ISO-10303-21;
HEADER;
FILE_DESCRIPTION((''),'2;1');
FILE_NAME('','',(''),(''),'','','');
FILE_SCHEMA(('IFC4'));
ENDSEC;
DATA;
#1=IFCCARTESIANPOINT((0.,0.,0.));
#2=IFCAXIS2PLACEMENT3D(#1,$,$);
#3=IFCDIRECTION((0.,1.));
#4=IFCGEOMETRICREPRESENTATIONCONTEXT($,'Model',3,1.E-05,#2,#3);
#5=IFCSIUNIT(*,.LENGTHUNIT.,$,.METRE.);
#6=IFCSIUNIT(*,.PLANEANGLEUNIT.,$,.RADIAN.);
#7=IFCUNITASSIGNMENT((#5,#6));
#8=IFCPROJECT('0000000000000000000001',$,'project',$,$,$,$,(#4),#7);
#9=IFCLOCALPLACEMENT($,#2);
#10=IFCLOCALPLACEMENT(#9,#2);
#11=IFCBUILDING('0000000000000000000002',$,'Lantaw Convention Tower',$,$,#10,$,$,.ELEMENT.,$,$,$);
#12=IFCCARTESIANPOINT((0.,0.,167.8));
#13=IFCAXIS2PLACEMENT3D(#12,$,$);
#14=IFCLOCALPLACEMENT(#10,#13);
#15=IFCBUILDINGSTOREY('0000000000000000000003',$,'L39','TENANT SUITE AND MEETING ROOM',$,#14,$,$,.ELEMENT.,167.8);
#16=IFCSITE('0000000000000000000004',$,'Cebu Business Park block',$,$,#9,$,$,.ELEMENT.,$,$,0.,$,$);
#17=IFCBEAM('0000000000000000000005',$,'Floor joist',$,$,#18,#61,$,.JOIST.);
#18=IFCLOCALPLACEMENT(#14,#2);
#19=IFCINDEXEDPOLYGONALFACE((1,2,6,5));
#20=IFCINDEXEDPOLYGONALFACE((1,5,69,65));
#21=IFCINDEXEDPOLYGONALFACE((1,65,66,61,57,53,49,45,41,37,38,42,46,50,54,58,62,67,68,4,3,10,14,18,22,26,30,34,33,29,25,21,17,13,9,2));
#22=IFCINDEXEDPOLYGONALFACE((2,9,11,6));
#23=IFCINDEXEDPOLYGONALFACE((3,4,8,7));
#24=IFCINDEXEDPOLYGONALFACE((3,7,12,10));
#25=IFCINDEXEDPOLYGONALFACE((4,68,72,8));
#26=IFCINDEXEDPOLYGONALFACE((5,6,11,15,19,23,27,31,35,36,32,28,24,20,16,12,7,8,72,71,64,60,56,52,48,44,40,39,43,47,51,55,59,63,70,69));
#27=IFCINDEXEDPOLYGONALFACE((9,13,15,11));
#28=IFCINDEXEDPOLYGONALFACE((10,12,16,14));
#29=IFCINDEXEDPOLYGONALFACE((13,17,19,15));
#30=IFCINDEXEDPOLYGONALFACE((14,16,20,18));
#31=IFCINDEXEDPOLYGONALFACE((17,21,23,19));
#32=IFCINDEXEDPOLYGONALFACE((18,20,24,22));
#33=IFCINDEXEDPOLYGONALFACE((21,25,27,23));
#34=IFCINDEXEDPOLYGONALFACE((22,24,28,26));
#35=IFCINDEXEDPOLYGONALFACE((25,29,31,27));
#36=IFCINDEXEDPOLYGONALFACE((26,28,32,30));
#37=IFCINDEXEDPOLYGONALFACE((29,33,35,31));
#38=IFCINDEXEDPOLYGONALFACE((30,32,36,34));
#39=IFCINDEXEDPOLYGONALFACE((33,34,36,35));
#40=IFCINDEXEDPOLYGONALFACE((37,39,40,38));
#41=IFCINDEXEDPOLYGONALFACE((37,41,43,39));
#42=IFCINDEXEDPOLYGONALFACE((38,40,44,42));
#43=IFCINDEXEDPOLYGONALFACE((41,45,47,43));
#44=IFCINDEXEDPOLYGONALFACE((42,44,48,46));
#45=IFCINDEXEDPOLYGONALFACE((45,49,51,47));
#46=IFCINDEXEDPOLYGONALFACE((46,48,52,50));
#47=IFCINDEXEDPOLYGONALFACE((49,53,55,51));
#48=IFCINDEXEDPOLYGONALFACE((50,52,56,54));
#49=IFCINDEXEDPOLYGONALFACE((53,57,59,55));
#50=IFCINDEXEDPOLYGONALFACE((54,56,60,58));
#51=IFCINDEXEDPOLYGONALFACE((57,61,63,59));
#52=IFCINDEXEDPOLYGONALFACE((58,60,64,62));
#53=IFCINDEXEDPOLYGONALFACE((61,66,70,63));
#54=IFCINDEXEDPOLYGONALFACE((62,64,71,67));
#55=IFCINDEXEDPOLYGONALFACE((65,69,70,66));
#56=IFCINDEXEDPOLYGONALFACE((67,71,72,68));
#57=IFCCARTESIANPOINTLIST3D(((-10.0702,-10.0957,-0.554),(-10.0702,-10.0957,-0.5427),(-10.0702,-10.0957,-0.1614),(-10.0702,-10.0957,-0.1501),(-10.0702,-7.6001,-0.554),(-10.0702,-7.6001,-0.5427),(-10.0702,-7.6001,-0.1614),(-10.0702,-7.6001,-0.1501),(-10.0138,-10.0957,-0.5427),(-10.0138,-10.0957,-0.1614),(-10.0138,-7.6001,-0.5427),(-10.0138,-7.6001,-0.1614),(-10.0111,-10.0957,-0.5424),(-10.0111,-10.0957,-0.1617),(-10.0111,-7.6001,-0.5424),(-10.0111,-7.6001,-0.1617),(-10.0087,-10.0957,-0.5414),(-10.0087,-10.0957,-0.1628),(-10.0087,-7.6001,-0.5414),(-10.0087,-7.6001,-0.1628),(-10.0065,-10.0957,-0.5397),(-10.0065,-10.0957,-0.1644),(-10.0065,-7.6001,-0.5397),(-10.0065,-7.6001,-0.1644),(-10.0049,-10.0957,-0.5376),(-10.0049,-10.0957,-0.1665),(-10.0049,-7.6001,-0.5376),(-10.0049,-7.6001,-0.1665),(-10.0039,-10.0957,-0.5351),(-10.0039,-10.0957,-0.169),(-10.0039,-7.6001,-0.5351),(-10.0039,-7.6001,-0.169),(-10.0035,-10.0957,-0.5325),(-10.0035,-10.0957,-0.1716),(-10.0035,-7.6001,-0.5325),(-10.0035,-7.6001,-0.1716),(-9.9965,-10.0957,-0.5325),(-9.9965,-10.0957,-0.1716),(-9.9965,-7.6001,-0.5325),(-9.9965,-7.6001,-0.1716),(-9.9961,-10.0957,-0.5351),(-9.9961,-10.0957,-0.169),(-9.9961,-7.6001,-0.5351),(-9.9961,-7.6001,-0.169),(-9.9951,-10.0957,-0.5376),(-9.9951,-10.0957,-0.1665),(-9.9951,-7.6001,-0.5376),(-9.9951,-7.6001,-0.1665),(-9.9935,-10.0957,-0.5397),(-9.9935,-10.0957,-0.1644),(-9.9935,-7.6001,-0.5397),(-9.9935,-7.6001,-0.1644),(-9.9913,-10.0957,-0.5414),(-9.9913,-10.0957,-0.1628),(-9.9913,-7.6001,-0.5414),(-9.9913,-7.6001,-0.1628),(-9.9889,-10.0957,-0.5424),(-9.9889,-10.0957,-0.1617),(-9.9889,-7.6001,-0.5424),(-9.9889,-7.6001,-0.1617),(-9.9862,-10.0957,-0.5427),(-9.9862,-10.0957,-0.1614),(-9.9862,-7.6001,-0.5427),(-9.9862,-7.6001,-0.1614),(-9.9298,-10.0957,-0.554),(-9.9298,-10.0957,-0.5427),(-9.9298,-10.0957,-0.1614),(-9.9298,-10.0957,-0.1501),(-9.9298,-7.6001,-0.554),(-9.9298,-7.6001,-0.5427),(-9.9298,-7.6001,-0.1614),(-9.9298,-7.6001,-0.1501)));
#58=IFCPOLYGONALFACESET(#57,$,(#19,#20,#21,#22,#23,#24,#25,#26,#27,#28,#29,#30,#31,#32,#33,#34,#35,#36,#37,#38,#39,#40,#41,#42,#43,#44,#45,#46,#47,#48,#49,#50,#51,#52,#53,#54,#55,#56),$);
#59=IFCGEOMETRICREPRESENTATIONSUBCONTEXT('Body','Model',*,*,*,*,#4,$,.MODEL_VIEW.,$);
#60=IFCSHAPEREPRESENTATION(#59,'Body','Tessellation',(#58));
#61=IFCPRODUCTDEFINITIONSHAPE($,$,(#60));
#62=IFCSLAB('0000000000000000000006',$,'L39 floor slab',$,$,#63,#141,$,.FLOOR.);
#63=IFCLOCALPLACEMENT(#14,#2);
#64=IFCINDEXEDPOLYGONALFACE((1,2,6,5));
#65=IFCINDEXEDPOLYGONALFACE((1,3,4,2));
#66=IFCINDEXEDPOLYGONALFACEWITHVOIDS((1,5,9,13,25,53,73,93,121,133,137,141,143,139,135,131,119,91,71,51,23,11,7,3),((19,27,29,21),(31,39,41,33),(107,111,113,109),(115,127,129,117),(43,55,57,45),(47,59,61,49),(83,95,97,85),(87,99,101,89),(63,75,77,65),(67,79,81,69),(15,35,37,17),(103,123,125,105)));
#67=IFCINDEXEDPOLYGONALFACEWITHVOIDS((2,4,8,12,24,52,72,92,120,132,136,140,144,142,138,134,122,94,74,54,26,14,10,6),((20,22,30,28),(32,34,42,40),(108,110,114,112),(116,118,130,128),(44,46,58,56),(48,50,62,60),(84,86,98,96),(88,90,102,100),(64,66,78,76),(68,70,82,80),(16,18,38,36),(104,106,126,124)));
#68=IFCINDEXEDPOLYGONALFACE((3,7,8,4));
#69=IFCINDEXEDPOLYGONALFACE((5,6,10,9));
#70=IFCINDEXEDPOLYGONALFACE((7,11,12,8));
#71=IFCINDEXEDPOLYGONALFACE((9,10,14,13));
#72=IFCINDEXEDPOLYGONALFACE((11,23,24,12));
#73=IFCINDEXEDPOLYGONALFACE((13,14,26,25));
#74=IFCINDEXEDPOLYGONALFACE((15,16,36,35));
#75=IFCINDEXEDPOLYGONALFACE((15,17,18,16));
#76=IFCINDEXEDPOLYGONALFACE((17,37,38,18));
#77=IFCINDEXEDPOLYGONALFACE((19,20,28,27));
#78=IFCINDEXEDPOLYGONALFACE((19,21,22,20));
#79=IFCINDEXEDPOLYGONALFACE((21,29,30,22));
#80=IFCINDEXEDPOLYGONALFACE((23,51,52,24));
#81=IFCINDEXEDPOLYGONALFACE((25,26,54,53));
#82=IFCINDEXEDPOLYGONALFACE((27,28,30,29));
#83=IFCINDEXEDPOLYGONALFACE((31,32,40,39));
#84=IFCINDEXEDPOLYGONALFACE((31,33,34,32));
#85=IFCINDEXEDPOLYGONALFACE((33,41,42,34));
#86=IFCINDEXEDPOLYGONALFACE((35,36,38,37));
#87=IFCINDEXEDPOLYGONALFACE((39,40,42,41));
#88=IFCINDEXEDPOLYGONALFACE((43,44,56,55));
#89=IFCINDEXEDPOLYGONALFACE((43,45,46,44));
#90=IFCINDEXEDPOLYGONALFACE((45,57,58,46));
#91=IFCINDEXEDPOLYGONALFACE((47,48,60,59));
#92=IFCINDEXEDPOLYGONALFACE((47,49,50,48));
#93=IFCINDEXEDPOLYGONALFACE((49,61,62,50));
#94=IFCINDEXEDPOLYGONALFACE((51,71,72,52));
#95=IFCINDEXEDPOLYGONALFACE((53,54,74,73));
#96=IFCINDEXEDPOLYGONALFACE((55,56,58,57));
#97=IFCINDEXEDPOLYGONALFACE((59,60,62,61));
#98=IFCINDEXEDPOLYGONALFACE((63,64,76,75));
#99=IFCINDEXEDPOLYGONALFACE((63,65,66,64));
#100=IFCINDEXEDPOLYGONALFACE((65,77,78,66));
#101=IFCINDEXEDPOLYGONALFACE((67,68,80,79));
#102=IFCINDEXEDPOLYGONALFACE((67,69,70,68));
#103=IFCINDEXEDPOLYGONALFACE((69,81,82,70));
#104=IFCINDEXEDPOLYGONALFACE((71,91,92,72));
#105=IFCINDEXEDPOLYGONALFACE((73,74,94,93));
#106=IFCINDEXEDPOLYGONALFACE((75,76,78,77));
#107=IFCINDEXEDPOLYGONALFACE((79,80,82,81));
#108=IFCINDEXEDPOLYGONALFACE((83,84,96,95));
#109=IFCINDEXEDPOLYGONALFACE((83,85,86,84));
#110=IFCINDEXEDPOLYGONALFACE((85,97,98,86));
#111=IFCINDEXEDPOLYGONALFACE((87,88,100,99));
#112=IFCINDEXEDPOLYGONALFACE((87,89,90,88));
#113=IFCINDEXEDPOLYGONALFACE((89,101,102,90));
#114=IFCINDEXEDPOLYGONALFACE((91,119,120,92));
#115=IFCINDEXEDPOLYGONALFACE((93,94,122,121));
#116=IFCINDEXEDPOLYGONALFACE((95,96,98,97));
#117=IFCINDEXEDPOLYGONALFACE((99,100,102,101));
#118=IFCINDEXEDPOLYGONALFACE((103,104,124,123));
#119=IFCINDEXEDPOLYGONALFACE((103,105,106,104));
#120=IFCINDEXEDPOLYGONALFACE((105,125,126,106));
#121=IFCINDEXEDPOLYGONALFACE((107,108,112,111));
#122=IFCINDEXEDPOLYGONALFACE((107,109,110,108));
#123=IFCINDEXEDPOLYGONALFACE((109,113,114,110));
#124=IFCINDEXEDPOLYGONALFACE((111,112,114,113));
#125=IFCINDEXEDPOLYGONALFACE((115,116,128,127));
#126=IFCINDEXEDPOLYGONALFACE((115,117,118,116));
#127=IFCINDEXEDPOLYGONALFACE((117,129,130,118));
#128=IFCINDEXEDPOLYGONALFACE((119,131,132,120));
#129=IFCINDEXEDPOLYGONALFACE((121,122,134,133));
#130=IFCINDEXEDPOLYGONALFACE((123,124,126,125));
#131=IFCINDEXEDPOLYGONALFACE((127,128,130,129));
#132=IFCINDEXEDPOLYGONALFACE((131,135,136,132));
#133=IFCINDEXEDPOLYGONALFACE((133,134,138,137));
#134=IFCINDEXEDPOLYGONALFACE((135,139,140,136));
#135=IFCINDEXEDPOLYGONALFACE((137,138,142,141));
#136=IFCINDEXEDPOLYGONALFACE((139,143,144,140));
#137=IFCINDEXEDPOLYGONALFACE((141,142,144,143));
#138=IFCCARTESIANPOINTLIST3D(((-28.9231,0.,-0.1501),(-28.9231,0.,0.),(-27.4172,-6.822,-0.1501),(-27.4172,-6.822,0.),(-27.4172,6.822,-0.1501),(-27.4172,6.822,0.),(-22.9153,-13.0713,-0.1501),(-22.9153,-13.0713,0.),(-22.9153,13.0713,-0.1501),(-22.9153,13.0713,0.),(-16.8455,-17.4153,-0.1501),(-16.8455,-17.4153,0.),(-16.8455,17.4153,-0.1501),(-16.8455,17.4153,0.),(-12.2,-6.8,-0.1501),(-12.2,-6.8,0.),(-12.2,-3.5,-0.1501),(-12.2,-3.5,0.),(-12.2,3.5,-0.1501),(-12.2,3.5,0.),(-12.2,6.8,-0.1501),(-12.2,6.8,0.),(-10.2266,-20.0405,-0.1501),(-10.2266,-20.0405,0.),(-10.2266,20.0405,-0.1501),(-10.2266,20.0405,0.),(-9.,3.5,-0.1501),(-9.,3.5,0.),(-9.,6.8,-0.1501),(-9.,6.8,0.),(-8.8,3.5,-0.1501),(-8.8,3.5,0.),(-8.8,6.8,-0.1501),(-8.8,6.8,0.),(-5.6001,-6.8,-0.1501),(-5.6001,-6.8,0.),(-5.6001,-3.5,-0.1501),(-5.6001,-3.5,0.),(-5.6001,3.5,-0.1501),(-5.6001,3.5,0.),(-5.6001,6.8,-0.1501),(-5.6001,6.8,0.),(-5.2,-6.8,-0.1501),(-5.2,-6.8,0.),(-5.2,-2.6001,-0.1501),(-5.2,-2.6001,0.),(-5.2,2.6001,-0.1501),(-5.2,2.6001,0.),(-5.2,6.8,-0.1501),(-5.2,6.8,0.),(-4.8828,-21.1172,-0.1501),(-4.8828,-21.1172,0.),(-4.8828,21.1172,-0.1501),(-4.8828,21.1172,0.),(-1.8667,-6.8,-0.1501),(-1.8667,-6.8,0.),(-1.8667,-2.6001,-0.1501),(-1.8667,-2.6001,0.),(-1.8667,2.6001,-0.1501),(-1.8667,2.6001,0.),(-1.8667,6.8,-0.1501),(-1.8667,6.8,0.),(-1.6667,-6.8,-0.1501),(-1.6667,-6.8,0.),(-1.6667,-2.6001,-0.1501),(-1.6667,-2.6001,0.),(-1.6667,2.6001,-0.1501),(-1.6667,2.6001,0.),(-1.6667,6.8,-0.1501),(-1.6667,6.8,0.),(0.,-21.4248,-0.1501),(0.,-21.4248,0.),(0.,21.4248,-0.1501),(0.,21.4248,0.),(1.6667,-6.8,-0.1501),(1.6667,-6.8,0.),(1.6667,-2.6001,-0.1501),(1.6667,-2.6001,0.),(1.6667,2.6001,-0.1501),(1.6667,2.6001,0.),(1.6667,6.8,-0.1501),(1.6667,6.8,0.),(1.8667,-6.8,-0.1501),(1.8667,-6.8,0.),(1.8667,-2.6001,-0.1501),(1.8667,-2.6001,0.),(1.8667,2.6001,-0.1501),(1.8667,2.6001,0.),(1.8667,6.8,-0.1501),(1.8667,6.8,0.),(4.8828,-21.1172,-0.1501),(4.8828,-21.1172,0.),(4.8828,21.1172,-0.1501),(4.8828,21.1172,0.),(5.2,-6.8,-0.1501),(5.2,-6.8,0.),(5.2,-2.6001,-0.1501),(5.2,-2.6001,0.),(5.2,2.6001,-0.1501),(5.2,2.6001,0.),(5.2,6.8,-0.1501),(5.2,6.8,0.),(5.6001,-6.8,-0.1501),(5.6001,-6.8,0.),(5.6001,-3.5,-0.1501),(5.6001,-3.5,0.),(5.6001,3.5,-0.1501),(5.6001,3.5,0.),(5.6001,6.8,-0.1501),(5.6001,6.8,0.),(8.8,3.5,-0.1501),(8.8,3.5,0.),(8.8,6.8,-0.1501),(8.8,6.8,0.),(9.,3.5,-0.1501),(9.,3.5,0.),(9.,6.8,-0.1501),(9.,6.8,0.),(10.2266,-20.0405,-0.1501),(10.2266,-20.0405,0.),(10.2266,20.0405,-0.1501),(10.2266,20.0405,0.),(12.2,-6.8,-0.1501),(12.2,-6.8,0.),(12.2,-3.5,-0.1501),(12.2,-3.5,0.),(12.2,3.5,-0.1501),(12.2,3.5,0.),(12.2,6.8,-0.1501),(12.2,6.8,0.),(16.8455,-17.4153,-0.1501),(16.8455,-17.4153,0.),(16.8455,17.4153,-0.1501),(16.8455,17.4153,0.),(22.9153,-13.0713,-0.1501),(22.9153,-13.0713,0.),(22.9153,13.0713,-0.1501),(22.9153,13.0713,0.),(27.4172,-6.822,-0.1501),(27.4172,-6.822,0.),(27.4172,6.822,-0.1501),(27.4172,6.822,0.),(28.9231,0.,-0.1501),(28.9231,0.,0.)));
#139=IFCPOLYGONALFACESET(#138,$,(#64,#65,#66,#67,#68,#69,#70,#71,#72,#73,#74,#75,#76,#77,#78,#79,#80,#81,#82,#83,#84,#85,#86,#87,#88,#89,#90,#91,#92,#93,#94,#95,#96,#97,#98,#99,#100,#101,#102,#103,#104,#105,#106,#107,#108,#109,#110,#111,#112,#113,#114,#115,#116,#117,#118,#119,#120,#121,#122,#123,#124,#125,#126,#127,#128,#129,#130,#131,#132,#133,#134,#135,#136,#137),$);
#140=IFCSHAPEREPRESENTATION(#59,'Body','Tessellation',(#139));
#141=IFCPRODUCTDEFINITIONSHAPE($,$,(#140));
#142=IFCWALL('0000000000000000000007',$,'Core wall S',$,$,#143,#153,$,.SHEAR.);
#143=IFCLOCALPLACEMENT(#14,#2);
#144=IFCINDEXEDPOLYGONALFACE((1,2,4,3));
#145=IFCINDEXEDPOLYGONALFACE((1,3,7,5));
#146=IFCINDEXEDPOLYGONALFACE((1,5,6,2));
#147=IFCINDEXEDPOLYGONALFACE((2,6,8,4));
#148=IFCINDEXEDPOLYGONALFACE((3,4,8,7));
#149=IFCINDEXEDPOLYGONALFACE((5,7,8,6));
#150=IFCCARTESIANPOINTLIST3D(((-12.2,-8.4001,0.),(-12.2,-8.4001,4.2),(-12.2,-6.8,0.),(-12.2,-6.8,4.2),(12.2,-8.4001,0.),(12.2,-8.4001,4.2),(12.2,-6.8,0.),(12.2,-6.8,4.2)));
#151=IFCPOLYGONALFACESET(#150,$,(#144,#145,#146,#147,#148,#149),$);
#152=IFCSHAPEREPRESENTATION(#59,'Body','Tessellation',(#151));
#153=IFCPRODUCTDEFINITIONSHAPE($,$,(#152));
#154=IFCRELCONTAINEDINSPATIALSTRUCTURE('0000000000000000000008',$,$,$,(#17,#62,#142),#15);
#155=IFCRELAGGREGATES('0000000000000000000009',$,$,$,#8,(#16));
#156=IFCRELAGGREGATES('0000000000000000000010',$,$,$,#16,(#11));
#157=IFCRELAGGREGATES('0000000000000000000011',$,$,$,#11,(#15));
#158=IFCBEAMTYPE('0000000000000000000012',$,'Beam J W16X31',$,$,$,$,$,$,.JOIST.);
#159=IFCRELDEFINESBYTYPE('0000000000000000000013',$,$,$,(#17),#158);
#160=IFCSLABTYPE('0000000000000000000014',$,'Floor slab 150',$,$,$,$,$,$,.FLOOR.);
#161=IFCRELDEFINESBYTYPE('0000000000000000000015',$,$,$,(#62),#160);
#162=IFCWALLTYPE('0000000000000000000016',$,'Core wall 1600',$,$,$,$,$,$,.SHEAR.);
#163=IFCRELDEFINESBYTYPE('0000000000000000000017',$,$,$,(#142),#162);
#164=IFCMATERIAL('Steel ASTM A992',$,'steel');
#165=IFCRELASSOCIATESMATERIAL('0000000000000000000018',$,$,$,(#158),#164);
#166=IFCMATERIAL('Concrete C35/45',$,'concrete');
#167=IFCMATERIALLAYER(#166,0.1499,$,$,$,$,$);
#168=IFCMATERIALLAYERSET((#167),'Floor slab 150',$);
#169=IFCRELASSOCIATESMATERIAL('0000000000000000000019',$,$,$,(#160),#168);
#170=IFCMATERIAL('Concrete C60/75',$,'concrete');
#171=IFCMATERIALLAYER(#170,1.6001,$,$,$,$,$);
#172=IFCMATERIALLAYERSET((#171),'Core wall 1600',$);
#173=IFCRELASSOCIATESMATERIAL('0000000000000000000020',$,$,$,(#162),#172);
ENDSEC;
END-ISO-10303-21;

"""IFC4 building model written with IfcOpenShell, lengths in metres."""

from ifc_helpers import new_model, si_unit, direction, frame, frame_2d, origin, origin_2d, place, context, subcontext, project, spatial, polyline, rectangle, i_section, outline, extrude, material, layer, layer_set, material_profile, profile_set, type_object, element, save


model = new_model("IFC4")

# Units and contexts
model_context = context("Model", 3, precision=1e-05, world=origin(), true_north=direction((0.0, 1.0)))
body_context = subcontext(model_context, "Body", "Model", "MODEL_VIEW")
ifc_project = project(units=[si_unit("LENGTHUNIT", "METRE"), si_unit("PLANEANGLEUNIT", "RADIAN")], contexts=[model_context])

# Site, building, storey
site_placement = place(None, origin())
site = spatial("IfcSite", under=ifc_project, at=site_placement, Name="Cebu Business Park block", CompositionType="ELEMENT", RefElevation=0.0)
building_placement = place(site_placement, origin())
building = spatial("IfcBuilding", under=site, at=building_placement, Name="Lantaw Convention Tower", CompositionType="ELEMENT")
storey_placement = place(building_placement, frame((0.0, 0.0, 167.8)))
storey = spatial("IfcBuildingStorey", under=building, at=storey_placement, Name="L39", Description="TENANT SUITE AND MEETING ROOM", CompositionType="ELEMENT", Elevation=167.8)

# Beam
ifc_material_1 = material(Name="Steel ASTM A992", Category="steel")
ifc_material_profile_1 = material_profile(ifc_material_1, i_section(OverallWidth=0.1404, OverallDepth=0.4038, WebThickness=0.0071, FlangeThickness=0.0112, FilletRadius=0.0103, at=origin_2d()), Name="W16X31")
ifc_profile_set_1 = profile_set([ifc_material_profile_1], Name="Steel ASTM A992")
beam_type_1 = type_object("IfcBeamType", Name="Beam J W16X31", PredefinedType="JOIST", material=ifc_profile_set_1)
beam_1_placement = place(storey_placement, frame((-10.0, -10.0957, -0.3521), z_axis=(0.0, 1.0, 0.0), x_axis=(-1.0, 0.0, 0.0)))
element("IfcBeam", 1, at=beam_1_placement, inside=storey, type_object=beam_type_1, Name="Floor joist", PredefinedType="JOIST", context=body_context, shape_type="SweptSolid", body=[
    extrude(i_section(OverallWidth=0.1404, OverallDepth=0.4038, WebThickness=0.0071, FlangeThickness=0.0112, FilletRadius=0.0103, at=origin_2d()), origin(), (0.0, 0.0, 1.0), 2.4956),
])

# Slab
ifc_material_2 = material(Name="Concrete C35/45", Category="concrete")
ifc_layer_1 = layer(ifc_material_2, 0.1499)
ifc_layer_set_1 = layer_set([ifc_layer_1], Name="Floor slab 150")
slab_type = type_object("IfcSlabType", Name="Floor slab 150", PredefinedType="FLOOR", material=ifc_layer_set_1)
slab_placement = place(storey_placement, frame((0.0, 0.0, -0.1501)))
element("IfcSlab", 2, at=slab_placement, inside=storey, type_object=slab_type, Name="L39 floor slab", PredefinedType="FLOOR", context=body_context, shape_type="SweptSolid", body=[
    extrude(outline(polyline([(27.4172, -6.822), (28.9231, 0.0), (27.4172, 6.822), (22.9153, 13.0713), (16.8455, 17.4153), (10.2266, 20.0405), (4.8828, 21.1172), (0.0, 21.4248), (-4.8828, 21.1172), (-10.2266, 20.0405), (-16.8455, 17.4153), (-22.9153, 13.0713), (-27.4172, 6.822), (-28.9231, 0.0), (-27.4172, -6.822), (-22.9153, -13.0713), (-16.8455, -17.4153), (-10.2266, -20.0405), (-4.8828, -21.1172), (0.0, -21.4248), (4.8828, -21.1172), (10.2266, -20.0405), (16.8455, -17.4153), (22.9153, -13.0713), (27.4172, -6.822)]), holes=[polyline([(-5.6001, -3.5), (-12.2, -3.5), (-12.2, -6.8), (-5.6001, -6.8), (-5.6001, -3.5)]), polyline([(-1.8667, -6.8), (-1.8667, -2.6001), (-5.2, -2.6001), (-5.2, -6.8), (-1.8667, -6.8)]), polyline([(-1.8667, 2.6001), (-1.8667, 6.8), (-5.2, 6.8), (-5.2, 2.6001), (-1.8667, 2.6001)]), polyline([(1.6667, 6.8), (-1.6667, 6.8), (-1.6667, 2.6001), (1.6667, 2.6001), (1.6667, 6.8)]), polyline([(-9.0, 3.5), (-9.0, 6.8), (-12.2, 6.8), (-12.2, 3.5), (-9.0, 3.5)]), polyline([(-5.6001, 3.5), (-5.6001, 6.8), (-8.8, 6.8), (-8.8, 3.5), (-5.6001, 3.5)]), polyline([(12.2, -3.5), (5.6001, -3.5), (5.6001, -6.8), (12.2, -6.8), (12.2, -3.5)]), polyline([(1.6667, -6.8), (1.6667, -2.6001), (-1.6667, -2.6001), (-1.6667, -6.8), (1.6667, -6.8)]), polyline([(5.2, -6.8), (5.2, -2.6001), (1.8667, -2.6001), (1.8667, -6.8), (5.2, -6.8)]), polyline([(5.2, 6.8), (1.8667, 6.8), (1.8667, 2.6001), (5.2, 2.6001), (5.2, 6.8)]), polyline([(8.8, 3.5), (8.8, 6.8), (5.6001, 6.8), (5.6001, 3.5), (8.8, 3.5)]), polyline([(12.2, 3.5), (12.2, 6.8), (9.0, 6.8), (9.0, 3.5), (12.2, 3.5)])]), origin(), (0.0, 0.0, 1.0), 0.1501),
])

# Wall
ifc_material_3 = material(Name="Concrete C60/75", Category="concrete")
ifc_layer_2 = layer(ifc_material_3, 1.6001)
ifc_layer_set_2 = layer_set([ifc_layer_2], Name="Core wall 1600")
wall_type_1 = type_object("IfcWallType", Name="Core wall 1600", PredefinedType="SHEAR", material=ifc_layer_set_2)
wall_1_placement = place(storey_placement, frame((-12.2, -7.6001, 0.0), z_axis=(0.0, 0.0, 1.0), x_axis=(1.0, 0.0, 0.0)))
element("IfcWall", 3, at=wall_1_placement, inside=storey, type_object=wall_type_1, Name="Core wall S", PredefinedType="SHEAR", context=body_context, shape_type="SweptSolid", body=[
    extrude(rectangle(XDim=24.3999, YDim=1.6001, at=frame_2d((12.2, 0.0))), origin(), (0.0, 0.0, 1.0), 4.2),
])

save(model, "model.ifc")
